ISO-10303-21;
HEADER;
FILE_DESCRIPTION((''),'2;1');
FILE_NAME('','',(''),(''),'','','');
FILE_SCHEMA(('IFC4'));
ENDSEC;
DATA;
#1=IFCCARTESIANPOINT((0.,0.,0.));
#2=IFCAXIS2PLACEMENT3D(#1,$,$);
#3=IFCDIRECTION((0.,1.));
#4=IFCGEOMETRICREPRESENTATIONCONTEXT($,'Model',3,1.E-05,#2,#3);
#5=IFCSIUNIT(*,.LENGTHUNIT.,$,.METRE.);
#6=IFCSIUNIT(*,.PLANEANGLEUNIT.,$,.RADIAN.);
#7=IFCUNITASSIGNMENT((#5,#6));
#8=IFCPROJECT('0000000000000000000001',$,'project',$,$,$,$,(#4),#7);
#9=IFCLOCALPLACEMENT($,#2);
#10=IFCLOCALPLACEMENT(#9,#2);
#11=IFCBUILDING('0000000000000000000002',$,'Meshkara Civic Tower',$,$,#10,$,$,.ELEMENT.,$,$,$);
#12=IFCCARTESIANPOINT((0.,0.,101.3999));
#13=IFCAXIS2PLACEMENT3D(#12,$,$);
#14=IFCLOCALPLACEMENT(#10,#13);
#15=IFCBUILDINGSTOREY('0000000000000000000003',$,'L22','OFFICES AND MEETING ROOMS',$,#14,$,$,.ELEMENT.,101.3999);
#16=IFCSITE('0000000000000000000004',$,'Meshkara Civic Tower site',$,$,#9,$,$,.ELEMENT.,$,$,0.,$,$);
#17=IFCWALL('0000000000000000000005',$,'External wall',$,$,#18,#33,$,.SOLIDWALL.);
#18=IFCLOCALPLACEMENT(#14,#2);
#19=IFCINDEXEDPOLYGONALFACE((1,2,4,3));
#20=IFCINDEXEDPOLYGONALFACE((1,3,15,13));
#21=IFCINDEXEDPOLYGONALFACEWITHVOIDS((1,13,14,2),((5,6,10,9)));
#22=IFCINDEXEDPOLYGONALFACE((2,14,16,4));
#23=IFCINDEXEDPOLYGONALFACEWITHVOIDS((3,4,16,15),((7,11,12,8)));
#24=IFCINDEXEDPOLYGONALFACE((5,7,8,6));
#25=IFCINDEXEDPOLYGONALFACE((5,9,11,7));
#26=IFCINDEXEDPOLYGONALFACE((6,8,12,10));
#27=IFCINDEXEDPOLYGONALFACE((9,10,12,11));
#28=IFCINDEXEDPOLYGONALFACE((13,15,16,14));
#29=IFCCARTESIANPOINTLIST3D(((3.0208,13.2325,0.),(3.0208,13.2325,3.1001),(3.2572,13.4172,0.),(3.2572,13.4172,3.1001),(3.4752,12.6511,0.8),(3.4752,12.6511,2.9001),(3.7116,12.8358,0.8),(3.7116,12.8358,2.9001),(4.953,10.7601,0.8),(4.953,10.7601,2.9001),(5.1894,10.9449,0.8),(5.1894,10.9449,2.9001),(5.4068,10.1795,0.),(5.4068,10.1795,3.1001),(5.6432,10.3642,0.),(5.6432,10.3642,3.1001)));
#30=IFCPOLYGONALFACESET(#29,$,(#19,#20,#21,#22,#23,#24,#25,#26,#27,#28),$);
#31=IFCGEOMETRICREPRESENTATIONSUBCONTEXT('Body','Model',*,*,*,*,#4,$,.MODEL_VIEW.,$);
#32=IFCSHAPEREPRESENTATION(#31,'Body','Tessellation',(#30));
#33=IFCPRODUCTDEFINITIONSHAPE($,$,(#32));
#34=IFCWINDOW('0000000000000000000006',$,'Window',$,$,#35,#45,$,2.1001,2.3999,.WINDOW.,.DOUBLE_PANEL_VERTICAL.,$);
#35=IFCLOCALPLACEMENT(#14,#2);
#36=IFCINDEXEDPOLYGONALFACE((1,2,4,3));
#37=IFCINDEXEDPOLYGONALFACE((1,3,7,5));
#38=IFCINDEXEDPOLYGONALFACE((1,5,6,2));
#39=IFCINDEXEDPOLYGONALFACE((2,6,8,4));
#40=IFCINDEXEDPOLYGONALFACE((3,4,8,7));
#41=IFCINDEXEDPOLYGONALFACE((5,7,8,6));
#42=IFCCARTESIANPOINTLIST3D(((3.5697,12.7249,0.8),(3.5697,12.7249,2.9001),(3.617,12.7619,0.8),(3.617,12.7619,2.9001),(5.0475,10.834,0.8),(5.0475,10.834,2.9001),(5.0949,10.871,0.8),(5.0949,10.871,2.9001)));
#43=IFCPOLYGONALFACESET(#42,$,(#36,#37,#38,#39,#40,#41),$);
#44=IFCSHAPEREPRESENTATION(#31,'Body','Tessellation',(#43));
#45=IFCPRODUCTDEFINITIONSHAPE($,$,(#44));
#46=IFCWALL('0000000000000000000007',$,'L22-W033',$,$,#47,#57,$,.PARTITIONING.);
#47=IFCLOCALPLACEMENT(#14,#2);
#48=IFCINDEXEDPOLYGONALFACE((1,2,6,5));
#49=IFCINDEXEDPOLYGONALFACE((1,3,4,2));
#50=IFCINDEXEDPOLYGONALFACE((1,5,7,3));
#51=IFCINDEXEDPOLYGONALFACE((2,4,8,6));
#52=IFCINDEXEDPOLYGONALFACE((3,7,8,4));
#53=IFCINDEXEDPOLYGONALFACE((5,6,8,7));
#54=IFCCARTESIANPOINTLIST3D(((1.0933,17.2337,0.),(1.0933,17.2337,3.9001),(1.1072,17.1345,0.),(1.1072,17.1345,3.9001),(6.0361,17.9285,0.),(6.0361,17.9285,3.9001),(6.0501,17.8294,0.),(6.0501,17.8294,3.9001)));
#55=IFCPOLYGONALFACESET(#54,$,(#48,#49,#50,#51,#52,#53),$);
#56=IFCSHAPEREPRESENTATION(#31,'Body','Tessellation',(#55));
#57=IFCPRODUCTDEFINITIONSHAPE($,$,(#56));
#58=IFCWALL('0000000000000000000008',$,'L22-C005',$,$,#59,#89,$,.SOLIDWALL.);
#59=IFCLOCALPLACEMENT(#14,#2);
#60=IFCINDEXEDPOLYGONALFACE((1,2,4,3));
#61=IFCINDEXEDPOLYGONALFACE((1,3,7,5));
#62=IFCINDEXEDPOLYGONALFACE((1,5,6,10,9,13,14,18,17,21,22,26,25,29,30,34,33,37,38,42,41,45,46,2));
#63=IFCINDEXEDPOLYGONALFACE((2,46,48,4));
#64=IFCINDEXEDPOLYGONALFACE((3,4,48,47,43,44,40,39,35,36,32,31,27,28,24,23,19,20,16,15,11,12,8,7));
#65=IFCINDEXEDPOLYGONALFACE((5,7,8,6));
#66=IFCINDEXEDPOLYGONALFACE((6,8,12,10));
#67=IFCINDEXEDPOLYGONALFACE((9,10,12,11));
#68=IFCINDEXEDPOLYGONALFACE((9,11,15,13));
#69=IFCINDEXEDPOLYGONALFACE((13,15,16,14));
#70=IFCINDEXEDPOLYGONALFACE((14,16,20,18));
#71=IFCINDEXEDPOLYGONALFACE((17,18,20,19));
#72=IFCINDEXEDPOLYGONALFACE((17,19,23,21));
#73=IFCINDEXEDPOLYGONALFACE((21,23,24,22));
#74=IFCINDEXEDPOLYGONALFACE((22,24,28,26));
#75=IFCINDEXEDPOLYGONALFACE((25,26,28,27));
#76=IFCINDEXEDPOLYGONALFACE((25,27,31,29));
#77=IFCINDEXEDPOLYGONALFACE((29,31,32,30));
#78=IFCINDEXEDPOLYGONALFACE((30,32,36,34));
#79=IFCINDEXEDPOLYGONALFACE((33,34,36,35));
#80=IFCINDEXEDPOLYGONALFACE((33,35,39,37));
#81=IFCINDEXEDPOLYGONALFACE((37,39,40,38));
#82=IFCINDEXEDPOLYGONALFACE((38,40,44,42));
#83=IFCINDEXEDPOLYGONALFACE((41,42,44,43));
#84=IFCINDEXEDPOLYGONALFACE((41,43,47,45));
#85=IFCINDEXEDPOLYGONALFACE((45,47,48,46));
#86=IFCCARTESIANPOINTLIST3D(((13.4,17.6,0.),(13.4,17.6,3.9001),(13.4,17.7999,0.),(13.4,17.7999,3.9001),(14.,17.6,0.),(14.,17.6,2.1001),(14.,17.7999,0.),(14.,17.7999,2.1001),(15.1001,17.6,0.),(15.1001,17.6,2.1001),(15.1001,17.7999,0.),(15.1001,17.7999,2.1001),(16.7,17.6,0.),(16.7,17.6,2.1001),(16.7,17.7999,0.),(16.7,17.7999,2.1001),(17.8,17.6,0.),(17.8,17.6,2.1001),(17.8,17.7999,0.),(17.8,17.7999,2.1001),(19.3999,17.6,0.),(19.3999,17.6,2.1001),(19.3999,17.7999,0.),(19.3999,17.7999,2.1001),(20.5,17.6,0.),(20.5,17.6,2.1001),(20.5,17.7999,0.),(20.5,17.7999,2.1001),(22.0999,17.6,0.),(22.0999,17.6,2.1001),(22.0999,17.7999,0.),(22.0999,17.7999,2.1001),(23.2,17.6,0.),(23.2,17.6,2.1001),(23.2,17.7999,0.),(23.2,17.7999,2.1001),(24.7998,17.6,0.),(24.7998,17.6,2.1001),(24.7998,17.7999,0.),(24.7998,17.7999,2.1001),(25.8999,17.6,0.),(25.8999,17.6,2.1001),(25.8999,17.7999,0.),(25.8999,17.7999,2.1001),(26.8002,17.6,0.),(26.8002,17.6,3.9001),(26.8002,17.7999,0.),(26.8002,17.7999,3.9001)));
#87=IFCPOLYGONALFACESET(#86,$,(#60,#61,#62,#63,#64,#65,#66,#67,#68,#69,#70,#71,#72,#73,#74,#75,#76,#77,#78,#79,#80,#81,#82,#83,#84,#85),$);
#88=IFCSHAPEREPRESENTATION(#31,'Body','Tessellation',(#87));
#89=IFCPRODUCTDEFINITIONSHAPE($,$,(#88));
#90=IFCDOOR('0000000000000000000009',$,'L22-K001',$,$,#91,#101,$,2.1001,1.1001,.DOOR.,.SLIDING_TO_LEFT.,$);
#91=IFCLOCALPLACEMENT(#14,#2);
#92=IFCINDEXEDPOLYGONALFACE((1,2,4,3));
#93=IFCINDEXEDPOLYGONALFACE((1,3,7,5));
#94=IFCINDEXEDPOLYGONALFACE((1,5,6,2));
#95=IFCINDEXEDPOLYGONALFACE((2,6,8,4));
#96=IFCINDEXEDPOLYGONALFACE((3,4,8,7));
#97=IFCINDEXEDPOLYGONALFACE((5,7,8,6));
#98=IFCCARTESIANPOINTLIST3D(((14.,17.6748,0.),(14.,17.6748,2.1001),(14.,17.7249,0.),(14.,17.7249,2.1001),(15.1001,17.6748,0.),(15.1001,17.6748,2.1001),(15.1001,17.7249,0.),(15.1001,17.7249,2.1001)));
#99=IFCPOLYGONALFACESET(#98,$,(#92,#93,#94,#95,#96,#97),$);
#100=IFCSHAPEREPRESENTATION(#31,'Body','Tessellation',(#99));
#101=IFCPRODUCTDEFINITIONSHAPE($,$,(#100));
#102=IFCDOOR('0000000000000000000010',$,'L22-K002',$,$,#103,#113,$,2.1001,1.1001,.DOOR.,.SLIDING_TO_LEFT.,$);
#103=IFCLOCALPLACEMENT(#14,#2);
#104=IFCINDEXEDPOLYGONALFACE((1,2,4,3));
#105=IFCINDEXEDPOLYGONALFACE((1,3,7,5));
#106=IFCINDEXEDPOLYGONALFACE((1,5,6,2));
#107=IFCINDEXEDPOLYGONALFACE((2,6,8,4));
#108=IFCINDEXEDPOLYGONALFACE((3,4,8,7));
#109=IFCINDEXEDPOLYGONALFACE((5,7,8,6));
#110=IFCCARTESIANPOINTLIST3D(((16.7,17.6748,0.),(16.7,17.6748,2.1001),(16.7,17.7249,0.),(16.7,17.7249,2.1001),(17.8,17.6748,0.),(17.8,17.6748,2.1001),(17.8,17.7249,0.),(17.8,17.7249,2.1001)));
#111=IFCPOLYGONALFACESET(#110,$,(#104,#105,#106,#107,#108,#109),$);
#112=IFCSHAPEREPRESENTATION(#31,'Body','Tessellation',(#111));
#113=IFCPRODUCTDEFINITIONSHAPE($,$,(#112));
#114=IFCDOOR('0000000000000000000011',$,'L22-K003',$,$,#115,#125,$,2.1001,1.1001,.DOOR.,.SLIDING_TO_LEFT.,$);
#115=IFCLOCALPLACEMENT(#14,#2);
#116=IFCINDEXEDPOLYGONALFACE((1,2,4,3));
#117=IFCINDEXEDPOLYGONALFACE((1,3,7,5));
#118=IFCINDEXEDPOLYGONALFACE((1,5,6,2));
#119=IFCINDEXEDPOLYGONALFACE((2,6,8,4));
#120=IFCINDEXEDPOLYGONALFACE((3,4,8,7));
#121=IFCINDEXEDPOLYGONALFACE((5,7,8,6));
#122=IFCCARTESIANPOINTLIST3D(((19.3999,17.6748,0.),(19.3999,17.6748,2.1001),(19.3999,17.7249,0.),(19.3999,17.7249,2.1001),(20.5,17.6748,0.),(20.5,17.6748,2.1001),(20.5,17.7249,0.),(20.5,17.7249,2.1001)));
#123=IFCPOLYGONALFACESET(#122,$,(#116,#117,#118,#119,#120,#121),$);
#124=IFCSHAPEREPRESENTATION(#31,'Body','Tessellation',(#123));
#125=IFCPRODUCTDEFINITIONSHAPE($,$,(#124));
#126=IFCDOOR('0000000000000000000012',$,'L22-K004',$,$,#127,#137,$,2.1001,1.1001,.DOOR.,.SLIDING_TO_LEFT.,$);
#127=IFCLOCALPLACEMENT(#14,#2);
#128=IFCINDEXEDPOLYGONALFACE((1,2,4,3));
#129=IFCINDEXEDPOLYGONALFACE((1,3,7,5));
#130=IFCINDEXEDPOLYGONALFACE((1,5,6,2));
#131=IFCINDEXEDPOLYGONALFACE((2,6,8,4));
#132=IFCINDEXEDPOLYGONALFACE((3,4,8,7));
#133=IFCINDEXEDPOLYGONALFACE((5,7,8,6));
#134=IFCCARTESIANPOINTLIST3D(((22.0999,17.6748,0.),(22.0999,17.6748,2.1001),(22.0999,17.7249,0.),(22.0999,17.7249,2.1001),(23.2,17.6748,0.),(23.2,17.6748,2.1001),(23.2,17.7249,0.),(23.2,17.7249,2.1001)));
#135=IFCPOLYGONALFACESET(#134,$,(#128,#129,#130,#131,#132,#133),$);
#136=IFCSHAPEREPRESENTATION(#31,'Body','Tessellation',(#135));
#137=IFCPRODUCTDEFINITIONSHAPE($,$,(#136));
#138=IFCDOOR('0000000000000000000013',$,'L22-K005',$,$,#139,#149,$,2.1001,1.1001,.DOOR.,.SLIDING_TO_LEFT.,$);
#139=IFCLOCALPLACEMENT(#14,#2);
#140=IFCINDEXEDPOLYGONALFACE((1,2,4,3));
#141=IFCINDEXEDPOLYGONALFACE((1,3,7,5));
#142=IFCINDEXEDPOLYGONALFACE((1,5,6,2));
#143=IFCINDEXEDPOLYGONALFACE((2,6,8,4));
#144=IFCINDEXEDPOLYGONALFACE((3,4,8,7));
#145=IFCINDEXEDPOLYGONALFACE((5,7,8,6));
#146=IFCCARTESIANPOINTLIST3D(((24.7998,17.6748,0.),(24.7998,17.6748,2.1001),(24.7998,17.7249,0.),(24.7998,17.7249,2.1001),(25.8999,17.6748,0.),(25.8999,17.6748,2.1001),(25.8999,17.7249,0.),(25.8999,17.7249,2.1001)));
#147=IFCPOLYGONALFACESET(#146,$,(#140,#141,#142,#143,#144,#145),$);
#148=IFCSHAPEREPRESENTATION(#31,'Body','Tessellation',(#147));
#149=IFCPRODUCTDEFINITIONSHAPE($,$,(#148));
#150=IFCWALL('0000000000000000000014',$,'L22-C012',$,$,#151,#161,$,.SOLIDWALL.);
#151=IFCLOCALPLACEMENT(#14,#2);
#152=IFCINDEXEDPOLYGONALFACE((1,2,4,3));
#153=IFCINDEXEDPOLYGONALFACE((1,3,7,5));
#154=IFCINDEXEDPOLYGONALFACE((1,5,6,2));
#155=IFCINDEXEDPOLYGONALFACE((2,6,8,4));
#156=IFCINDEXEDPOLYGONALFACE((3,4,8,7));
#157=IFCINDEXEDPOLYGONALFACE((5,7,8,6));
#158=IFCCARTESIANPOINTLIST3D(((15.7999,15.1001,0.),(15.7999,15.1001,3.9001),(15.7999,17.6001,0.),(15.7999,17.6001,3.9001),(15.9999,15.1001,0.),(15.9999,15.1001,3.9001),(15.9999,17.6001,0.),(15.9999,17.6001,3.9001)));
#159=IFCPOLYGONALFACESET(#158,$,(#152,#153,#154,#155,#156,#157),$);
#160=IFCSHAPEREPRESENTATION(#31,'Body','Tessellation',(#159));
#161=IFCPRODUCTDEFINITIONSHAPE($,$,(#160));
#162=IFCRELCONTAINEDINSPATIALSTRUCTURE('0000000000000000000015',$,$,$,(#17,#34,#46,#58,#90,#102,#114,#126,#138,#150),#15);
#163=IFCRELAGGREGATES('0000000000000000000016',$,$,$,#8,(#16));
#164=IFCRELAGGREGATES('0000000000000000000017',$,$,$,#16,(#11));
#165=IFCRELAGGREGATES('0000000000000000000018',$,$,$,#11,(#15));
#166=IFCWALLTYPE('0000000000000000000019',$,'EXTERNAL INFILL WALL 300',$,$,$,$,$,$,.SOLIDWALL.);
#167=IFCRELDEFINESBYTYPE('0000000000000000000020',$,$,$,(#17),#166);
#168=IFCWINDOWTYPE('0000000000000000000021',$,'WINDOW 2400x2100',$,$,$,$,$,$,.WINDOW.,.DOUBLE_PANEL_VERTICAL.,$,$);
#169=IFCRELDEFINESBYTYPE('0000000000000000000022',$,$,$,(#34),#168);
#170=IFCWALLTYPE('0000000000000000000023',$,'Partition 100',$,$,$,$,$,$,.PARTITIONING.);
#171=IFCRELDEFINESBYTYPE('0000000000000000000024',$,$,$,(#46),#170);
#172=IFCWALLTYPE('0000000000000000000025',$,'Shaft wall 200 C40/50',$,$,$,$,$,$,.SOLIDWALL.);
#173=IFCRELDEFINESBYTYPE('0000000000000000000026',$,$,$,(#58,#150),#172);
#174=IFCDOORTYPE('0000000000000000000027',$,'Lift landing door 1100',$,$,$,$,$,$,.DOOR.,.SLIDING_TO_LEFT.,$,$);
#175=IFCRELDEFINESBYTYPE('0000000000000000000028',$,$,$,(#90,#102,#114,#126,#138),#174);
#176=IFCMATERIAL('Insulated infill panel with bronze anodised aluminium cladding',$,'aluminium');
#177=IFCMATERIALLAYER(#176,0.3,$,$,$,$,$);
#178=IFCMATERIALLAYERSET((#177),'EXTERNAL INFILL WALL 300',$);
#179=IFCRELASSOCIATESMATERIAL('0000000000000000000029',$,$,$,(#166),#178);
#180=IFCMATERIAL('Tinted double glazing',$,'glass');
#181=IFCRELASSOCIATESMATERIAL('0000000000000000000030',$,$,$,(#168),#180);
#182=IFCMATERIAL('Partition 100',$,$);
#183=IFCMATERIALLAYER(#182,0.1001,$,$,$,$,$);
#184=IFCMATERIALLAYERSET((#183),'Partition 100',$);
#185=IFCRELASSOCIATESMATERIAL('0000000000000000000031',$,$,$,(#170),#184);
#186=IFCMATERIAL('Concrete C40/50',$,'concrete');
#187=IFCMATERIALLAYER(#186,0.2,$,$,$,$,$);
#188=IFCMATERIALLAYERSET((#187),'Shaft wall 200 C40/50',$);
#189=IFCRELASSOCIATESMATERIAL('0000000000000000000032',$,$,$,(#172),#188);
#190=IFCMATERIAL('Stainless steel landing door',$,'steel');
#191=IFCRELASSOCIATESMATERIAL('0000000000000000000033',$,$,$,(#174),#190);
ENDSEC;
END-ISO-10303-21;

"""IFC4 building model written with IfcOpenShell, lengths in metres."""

from ifc_helpers import new_model, si_unit, direction, frame, frame_2d, origin, place, context, subcontext, project, spatial, rectangle, extrude, material, layer, layer_set, type_object, element, fill, save


model = new_model("IFC4")

# Units and contexts
model_context = context("Model", 3, precision=1e-05, world=origin(), true_north=direction((0.0, 1.0)))
body_context = subcontext(model_context, "Body", "Model", "MODEL_VIEW")
ifc_project = project(units=[si_unit("LENGTHUNIT", "METRE"), si_unit("PLANEANGLEUNIT", "RADIAN")], contexts=[model_context])

# Site, building, storey
site_placement = place(None, origin())
site = spatial("IfcSite", under=ifc_project, at=site_placement, Name="Meshkara Civic Tower site", CompositionType="ELEMENT", RefElevation=0.0)
building_placement = place(site_placement, origin())
building = spatial("IfcBuilding", under=site, at=building_placement, Name="Meshkara Civic Tower", CompositionType="ELEMENT")
storey_placement = place(building_placement, frame((0.0, 0.0, 101.3999)))
storey = spatial("IfcBuildingStorey", under=building, at=storey_placement, Name="L22", Description="OFFICES AND MEETING ROOMS", CompositionType="ELEMENT", Elevation=101.3999)

# Wall, opening, window
ifc_material_1 = material(Name="Insulated infill panel with bronze anodised aluminium cladding", Category="aluminium")
ifc_layer_1 = layer(ifc_material_1, 0.3)
ifc_layer_set_1 = layer_set([ifc_layer_1], Name="EXTERNAL INFILL WALL 300")
wall_type_1 = type_object("IfcWallType", Name="EXTERNAL INFILL WALL 300", PredefinedType="SOLIDWALL", material=ifc_layer_set_1)
wall_1_placement = place(storey_placement, frame((3.1389, 13.325, 0.0), z_axis=(0.0, 0.0, 1.0), x_axis=(0.61578, -0.787918, 0.0)))
wall_1 = element("IfcWall", 1, at=wall_1_placement, inside=storey, type_object=wall_type_1, Name="External wall", PredefinedType="SOLIDWALL", context=body_context, shape_type="SweptSolid", body=[
    extrude(rectangle(XDim=3.8748, YDim=0.3, at=frame_2d((1.9375, 0.0))), origin(), (0.0, 0.0, 1.0), 3.1001),
])
opening_1_placement = place(wall_1_placement, frame((0.738, 0.0, 0.8)))
opening_1 = element("IfcOpeningElement", 2, at=opening_1_placement, cuts=wall_1, PredefinedType="OPENING", context=body_context, shape_type="SweptSolid", body=[
    extrude(rectangle(XDim=2.3999, YDim=2.1001, at=frame_2d((1.2, 1.05))), frame((0.0, 0.1599, 0.0), z_axis=(0.0, -1.0, 0.0), x_axis=(1.0, 0.0, 0.0)), (0.0, 0.0, 1.0), 0.3201),
])
ifc_material_2 = material(Name="Tinted double glazing", Category="glass")
window_type = type_object("IfcWindowType", Name="WINDOW 2400x2100", PartitioningType="DOUBLE_PANEL_VERTICAL", PredefinedType="WINDOW", material=ifc_material_2)
window_placement = place(opening_1_placement, origin())
window = element("IfcWindow", 3, at=window_placement, inside=storey, type_object=window_type, Name="Window", OverallHeight=2.1001, OverallWidth=2.3999, PartitioningType="DOUBLE_PANEL_VERTICAL", PredefinedType="WINDOW", context=body_context, shape_type="SweptSolid", body=[
    extrude(rectangle(XDim=2.3999, YDim=2.1001, at=frame_2d((1.2, 1.05))), frame((0.0, 0.03, 0.0), z_axis=(0.0, -1.0, 0.0), x_axis=(1.0, 0.0, 0.0)), (0.0, 0.0, 1.0), 0.0601),
])
fill(opening_1, window)

# Wall
ifc_material_3 = material(Name="Partition 100")
ifc_layer_2 = layer(ifc_material_3, 0.1001)
ifc_layer_set_2 = layer_set([ifc_layer_2], Name="Partition 100")
wall_type_2 = type_object("IfcWallType", Name="Partition 100", PredefinedType="PARTITIONING", material=ifc_layer_set_2)
wall_2_placement = place(storey_placement, frame((6.043, 17.8789, 0.0), z_axis=(0.0, 0.0, 1.0), x_axis=(-0.990264, -0.139202, 0.0)))
element("IfcWall", 4, at=wall_2_placement, inside=storey, type_object=wall_type_2, Name="L22-W033", PredefinedType="PARTITIONING", context=body_context, shape_type="SweptSolid", body=[
    extrude(rectangle(XDim=4.9915, YDim=0.1001, at=frame_2d((2.4956, 0.0))), origin(), (0.0, 0.0, 1.0), 3.9001),
])

# Wall, openings, doors
ifc_material_4 = material(Name="Concrete C40/50", Category="concrete")
ifc_layer_3 = layer(ifc_material_4, 0.2)
ifc_layer_set_3 = layer_set([ifc_layer_3], Name="Shaft wall 200 C40/50")
wall_type_3 = type_object("IfcWallType", Name="Shaft wall 200 C40/50", PredefinedType="SOLIDWALL", material=ifc_layer_set_3)
wall_3_placement = place(storey_placement, frame((13.3999, 17.7, 0.0), z_axis=(0.0, 0.0, 1.0), x_axis=(1.0, 0.0, 0.0)))
wall_3 = element("IfcWall", 5, at=wall_3_placement, inside=storey, type_object=wall_type_3, Name="L22-C005", PredefinedType="SOLIDWALL", context=body_context, shape_type="SweptSolid", body=[
    extrude(rectangle(XDim=13.4001, YDim=0.2, at=frame_2d((6.7002, 0.0))), origin(), (0.0, 0.0, 1.0), 3.9001),
])
opening_2_placement = place(wall_3_placement, frame((0.6001, 0.0, 0.0)))
opening_2 = element("IfcOpeningElement", 6, at=opening_2_placement, cuts=wall_3, PredefinedType="OPENING", context=body_context, shape_type="SweptSolid", body=[
    extrude(rectangle(XDim=1.1001, YDim=2.1001, at=frame_2d((0.55, 1.05))), frame((0.0, 0.1099, 0.0), z_axis=(0.0, -1.0, 0.0), x_axis=(1.0, 0.0, 0.0)), (0.0, 0.0, 1.0), 0.22),
])
opening_3_placement = place(wall_3_placement, frame((3.3, 0.0, 0.0)))
opening_3 = element("IfcOpeningElement", 7, at=opening_3_placement, cuts=wall_3, PredefinedType="OPENING", context=body_context, shape_type="SweptSolid", body=[
    extrude(rectangle(XDim=1.1001, YDim=2.1001, at=frame_2d((0.55, 1.05))), frame((0.0, 0.1099, 0.0), z_axis=(0.0, -1.0, 0.0), x_axis=(1.0, 0.0, 0.0)), (0.0, 0.0, 1.0), 0.22),
])
opening_4_placement = place(wall_3_placement, frame((6.0, 0.0, 0.0)))
opening_4 = element("IfcOpeningElement", 8, at=opening_4_placement, cuts=wall_3, PredefinedType="OPENING", context=body_context, shape_type="SweptSolid", body=[
    extrude(rectangle(XDim=1.1001, YDim=2.1001, at=frame_2d((0.55, 1.05))), frame((0.0, 0.1099, 0.0), z_axis=(0.0, -1.0, 0.0), x_axis=(1.0, 0.0, 0.0)), (0.0, 0.0, 1.0), 0.22),
])
opening_5_placement = place(wall_3_placement, frame((8.7, 0.0, 0.0)))
opening_5 = element("IfcOpeningElement", 9, at=opening_5_placement, cuts=wall_3, PredefinedType="OPENING", context=body_context, shape_type="SweptSolid", body=[
    extrude(rectangle(XDim=1.1001, YDim=2.1001, at=frame_2d((0.55, 1.05))), frame((0.0, 0.1099, 0.0), z_axis=(0.0, -1.0, 0.0), x_axis=(1.0, 0.0, 0.0)), (0.0, 0.0, 1.0), 0.22),
])
opening_6_placement = place(wall_3_placement, frame((11.3999, 0.0, 0.0)))
opening_6 = element("IfcOpeningElement", 10, at=opening_6_placement, cuts=wall_3, PredefinedType="OPENING", context=body_context, shape_type="SweptSolid", body=[
    extrude(rectangle(XDim=1.1001, YDim=2.1001, at=frame_2d((0.55, 1.05))), frame((0.0, 0.1099, 0.0), z_axis=(0.0, -1.0, 0.0), x_axis=(1.0, 0.0, 0.0)), (0.0, 0.0, 1.0), 0.22),
])
ifc_material_5 = material(Name="Stainless steel landing door", Category="steel")
door_type_1 = type_object("IfcDoorType", Name="Lift landing door 1100", OperationType="SLIDING_TO_LEFT", PredefinedType="DOOR", material=ifc_material_5)
door_1_placement = place(opening_2_placement, origin())
door_1 = element("IfcDoor", 11, at=door_1_placement, inside=storey, type_object=door_type_1, Name="L22-K001", OperationType="SLIDING_TO_LEFT", OverallHeight=2.1001, OverallWidth=1.1001, PredefinedType="DOOR", context=body_context, shape_type="SweptSolid", body=[
    extrude(rectangle(XDim=1.1001, YDim=2.1001, at=frame_2d((0.55, 1.05))), frame((0.0, 0.0249, 0.0), z_axis=(0.0, -1.0, 0.0), x_axis=(1.0, 0.0, 0.0)), (0.0, 0.0, 1.0), 0.05),
])
fill(opening_2, door_1)
door_2_placement = place(opening_3_placement, origin())
door_2 = element("IfcDoor", 12, at=door_2_placement, inside=storey, type_object=door_type_1, Name="L22-K002", OperationType="SLIDING_TO_LEFT", OverallHeight=2.1001, OverallWidth=1.1001, PredefinedType="DOOR", context=body_context, shape_type="SweptSolid", body=[
    extrude(rectangle(XDim=1.1001, YDim=2.1001, at=frame_2d((0.55, 1.05))), frame((0.0, 0.0249, 0.0), z_axis=(0.0, -1.0, 0.0), x_axis=(1.0, 0.0, 0.0)), (0.0, 0.0, 1.0), 0.05),
])
fill(opening_3, door_2)
door_3_placement = place(opening_4_placement, origin())
door_3 = element("IfcDoor", 13, at=door_3_placement, inside=storey, type_object=door_type_1, Name="L22-K003", OperationType="SLIDING_TO_LEFT", OverallHeight=2.1001, OverallWidth=1.1001, PredefinedType="DOOR", context=body_context, shape_type="SweptSolid", body=[
    extrude(rectangle(XDim=1.1001, YDim=2.1001, at=frame_2d((0.55, 1.05))), frame((0.0, 0.0249, 0.0), z_axis=(0.0, -1.0, 0.0), x_axis=(1.0, 0.0, 0.0)), (0.0, 0.0, 1.0), 0.05),
])
fill(opening_4, door_3)
door_4_placement = place(opening_5_placement, origin())
door_4 = element("IfcDoor", 14, at=door_4_placement, inside=storey, type_object=door_type_1, Name="L22-K004", OperationType="SLIDING_TO_LEFT", OverallHeight=2.1001, OverallWidth=1.1001, PredefinedType="DOOR", context=body_context, shape_type="SweptSolid", body=[
    extrude(rectangle(XDim=1.1001, YDim=2.1001, at=frame_2d((0.55, 1.05))), frame((0.0, 0.0249, 0.0), z_axis=(0.0, -1.0, 0.0), x_axis=(1.0, 0.0, 0.0)), (0.0, 0.0, 1.0), 0.05),
])
fill(opening_5, door_4)
door_5_placement = place(opening_6_placement, origin())
door_5 = element("IfcDoor", 15, at=door_5_placement, inside=storey, type_object=door_type_1, Name="L22-K005", OperationType="SLIDING_TO_LEFT", OverallHeight=2.1001, OverallWidth=1.1001, PredefinedType="DOOR", context=body_context, shape_type="SweptSolid", body=[
    extrude(rectangle(XDim=1.1001, YDim=2.1001, at=frame_2d((0.55, 1.05))), frame((0.0, 0.0249, 0.0), z_axis=(0.0, -1.0, 0.0), x_axis=(1.0, 0.0, 0.0)), (0.0, 0.0, 1.0), 0.05),
])
fill(opening_6, door_5)

# Wall
wall_4_placement = place(storey_placement, frame((15.8999, 15.1001, 0.0), z_axis=(0.0, 0.0, 1.0), x_axis=(0.0, 1.0, 0.0)))
element("IfcWall", 16, at=wall_4_placement, inside=storey, type_object=wall_type_3, Name="L22-C012", PredefinedType="SOLIDWALL", context=body_context, shape_type="SweptSolid", body=[
    extrude(rectangle(XDim=2.5, YDim=0.2, at=frame_2d((1.25, 0.0))), origin(), (0.0, 0.0, 1.0), 3.9001),
])

save(model, "model.ifc")
